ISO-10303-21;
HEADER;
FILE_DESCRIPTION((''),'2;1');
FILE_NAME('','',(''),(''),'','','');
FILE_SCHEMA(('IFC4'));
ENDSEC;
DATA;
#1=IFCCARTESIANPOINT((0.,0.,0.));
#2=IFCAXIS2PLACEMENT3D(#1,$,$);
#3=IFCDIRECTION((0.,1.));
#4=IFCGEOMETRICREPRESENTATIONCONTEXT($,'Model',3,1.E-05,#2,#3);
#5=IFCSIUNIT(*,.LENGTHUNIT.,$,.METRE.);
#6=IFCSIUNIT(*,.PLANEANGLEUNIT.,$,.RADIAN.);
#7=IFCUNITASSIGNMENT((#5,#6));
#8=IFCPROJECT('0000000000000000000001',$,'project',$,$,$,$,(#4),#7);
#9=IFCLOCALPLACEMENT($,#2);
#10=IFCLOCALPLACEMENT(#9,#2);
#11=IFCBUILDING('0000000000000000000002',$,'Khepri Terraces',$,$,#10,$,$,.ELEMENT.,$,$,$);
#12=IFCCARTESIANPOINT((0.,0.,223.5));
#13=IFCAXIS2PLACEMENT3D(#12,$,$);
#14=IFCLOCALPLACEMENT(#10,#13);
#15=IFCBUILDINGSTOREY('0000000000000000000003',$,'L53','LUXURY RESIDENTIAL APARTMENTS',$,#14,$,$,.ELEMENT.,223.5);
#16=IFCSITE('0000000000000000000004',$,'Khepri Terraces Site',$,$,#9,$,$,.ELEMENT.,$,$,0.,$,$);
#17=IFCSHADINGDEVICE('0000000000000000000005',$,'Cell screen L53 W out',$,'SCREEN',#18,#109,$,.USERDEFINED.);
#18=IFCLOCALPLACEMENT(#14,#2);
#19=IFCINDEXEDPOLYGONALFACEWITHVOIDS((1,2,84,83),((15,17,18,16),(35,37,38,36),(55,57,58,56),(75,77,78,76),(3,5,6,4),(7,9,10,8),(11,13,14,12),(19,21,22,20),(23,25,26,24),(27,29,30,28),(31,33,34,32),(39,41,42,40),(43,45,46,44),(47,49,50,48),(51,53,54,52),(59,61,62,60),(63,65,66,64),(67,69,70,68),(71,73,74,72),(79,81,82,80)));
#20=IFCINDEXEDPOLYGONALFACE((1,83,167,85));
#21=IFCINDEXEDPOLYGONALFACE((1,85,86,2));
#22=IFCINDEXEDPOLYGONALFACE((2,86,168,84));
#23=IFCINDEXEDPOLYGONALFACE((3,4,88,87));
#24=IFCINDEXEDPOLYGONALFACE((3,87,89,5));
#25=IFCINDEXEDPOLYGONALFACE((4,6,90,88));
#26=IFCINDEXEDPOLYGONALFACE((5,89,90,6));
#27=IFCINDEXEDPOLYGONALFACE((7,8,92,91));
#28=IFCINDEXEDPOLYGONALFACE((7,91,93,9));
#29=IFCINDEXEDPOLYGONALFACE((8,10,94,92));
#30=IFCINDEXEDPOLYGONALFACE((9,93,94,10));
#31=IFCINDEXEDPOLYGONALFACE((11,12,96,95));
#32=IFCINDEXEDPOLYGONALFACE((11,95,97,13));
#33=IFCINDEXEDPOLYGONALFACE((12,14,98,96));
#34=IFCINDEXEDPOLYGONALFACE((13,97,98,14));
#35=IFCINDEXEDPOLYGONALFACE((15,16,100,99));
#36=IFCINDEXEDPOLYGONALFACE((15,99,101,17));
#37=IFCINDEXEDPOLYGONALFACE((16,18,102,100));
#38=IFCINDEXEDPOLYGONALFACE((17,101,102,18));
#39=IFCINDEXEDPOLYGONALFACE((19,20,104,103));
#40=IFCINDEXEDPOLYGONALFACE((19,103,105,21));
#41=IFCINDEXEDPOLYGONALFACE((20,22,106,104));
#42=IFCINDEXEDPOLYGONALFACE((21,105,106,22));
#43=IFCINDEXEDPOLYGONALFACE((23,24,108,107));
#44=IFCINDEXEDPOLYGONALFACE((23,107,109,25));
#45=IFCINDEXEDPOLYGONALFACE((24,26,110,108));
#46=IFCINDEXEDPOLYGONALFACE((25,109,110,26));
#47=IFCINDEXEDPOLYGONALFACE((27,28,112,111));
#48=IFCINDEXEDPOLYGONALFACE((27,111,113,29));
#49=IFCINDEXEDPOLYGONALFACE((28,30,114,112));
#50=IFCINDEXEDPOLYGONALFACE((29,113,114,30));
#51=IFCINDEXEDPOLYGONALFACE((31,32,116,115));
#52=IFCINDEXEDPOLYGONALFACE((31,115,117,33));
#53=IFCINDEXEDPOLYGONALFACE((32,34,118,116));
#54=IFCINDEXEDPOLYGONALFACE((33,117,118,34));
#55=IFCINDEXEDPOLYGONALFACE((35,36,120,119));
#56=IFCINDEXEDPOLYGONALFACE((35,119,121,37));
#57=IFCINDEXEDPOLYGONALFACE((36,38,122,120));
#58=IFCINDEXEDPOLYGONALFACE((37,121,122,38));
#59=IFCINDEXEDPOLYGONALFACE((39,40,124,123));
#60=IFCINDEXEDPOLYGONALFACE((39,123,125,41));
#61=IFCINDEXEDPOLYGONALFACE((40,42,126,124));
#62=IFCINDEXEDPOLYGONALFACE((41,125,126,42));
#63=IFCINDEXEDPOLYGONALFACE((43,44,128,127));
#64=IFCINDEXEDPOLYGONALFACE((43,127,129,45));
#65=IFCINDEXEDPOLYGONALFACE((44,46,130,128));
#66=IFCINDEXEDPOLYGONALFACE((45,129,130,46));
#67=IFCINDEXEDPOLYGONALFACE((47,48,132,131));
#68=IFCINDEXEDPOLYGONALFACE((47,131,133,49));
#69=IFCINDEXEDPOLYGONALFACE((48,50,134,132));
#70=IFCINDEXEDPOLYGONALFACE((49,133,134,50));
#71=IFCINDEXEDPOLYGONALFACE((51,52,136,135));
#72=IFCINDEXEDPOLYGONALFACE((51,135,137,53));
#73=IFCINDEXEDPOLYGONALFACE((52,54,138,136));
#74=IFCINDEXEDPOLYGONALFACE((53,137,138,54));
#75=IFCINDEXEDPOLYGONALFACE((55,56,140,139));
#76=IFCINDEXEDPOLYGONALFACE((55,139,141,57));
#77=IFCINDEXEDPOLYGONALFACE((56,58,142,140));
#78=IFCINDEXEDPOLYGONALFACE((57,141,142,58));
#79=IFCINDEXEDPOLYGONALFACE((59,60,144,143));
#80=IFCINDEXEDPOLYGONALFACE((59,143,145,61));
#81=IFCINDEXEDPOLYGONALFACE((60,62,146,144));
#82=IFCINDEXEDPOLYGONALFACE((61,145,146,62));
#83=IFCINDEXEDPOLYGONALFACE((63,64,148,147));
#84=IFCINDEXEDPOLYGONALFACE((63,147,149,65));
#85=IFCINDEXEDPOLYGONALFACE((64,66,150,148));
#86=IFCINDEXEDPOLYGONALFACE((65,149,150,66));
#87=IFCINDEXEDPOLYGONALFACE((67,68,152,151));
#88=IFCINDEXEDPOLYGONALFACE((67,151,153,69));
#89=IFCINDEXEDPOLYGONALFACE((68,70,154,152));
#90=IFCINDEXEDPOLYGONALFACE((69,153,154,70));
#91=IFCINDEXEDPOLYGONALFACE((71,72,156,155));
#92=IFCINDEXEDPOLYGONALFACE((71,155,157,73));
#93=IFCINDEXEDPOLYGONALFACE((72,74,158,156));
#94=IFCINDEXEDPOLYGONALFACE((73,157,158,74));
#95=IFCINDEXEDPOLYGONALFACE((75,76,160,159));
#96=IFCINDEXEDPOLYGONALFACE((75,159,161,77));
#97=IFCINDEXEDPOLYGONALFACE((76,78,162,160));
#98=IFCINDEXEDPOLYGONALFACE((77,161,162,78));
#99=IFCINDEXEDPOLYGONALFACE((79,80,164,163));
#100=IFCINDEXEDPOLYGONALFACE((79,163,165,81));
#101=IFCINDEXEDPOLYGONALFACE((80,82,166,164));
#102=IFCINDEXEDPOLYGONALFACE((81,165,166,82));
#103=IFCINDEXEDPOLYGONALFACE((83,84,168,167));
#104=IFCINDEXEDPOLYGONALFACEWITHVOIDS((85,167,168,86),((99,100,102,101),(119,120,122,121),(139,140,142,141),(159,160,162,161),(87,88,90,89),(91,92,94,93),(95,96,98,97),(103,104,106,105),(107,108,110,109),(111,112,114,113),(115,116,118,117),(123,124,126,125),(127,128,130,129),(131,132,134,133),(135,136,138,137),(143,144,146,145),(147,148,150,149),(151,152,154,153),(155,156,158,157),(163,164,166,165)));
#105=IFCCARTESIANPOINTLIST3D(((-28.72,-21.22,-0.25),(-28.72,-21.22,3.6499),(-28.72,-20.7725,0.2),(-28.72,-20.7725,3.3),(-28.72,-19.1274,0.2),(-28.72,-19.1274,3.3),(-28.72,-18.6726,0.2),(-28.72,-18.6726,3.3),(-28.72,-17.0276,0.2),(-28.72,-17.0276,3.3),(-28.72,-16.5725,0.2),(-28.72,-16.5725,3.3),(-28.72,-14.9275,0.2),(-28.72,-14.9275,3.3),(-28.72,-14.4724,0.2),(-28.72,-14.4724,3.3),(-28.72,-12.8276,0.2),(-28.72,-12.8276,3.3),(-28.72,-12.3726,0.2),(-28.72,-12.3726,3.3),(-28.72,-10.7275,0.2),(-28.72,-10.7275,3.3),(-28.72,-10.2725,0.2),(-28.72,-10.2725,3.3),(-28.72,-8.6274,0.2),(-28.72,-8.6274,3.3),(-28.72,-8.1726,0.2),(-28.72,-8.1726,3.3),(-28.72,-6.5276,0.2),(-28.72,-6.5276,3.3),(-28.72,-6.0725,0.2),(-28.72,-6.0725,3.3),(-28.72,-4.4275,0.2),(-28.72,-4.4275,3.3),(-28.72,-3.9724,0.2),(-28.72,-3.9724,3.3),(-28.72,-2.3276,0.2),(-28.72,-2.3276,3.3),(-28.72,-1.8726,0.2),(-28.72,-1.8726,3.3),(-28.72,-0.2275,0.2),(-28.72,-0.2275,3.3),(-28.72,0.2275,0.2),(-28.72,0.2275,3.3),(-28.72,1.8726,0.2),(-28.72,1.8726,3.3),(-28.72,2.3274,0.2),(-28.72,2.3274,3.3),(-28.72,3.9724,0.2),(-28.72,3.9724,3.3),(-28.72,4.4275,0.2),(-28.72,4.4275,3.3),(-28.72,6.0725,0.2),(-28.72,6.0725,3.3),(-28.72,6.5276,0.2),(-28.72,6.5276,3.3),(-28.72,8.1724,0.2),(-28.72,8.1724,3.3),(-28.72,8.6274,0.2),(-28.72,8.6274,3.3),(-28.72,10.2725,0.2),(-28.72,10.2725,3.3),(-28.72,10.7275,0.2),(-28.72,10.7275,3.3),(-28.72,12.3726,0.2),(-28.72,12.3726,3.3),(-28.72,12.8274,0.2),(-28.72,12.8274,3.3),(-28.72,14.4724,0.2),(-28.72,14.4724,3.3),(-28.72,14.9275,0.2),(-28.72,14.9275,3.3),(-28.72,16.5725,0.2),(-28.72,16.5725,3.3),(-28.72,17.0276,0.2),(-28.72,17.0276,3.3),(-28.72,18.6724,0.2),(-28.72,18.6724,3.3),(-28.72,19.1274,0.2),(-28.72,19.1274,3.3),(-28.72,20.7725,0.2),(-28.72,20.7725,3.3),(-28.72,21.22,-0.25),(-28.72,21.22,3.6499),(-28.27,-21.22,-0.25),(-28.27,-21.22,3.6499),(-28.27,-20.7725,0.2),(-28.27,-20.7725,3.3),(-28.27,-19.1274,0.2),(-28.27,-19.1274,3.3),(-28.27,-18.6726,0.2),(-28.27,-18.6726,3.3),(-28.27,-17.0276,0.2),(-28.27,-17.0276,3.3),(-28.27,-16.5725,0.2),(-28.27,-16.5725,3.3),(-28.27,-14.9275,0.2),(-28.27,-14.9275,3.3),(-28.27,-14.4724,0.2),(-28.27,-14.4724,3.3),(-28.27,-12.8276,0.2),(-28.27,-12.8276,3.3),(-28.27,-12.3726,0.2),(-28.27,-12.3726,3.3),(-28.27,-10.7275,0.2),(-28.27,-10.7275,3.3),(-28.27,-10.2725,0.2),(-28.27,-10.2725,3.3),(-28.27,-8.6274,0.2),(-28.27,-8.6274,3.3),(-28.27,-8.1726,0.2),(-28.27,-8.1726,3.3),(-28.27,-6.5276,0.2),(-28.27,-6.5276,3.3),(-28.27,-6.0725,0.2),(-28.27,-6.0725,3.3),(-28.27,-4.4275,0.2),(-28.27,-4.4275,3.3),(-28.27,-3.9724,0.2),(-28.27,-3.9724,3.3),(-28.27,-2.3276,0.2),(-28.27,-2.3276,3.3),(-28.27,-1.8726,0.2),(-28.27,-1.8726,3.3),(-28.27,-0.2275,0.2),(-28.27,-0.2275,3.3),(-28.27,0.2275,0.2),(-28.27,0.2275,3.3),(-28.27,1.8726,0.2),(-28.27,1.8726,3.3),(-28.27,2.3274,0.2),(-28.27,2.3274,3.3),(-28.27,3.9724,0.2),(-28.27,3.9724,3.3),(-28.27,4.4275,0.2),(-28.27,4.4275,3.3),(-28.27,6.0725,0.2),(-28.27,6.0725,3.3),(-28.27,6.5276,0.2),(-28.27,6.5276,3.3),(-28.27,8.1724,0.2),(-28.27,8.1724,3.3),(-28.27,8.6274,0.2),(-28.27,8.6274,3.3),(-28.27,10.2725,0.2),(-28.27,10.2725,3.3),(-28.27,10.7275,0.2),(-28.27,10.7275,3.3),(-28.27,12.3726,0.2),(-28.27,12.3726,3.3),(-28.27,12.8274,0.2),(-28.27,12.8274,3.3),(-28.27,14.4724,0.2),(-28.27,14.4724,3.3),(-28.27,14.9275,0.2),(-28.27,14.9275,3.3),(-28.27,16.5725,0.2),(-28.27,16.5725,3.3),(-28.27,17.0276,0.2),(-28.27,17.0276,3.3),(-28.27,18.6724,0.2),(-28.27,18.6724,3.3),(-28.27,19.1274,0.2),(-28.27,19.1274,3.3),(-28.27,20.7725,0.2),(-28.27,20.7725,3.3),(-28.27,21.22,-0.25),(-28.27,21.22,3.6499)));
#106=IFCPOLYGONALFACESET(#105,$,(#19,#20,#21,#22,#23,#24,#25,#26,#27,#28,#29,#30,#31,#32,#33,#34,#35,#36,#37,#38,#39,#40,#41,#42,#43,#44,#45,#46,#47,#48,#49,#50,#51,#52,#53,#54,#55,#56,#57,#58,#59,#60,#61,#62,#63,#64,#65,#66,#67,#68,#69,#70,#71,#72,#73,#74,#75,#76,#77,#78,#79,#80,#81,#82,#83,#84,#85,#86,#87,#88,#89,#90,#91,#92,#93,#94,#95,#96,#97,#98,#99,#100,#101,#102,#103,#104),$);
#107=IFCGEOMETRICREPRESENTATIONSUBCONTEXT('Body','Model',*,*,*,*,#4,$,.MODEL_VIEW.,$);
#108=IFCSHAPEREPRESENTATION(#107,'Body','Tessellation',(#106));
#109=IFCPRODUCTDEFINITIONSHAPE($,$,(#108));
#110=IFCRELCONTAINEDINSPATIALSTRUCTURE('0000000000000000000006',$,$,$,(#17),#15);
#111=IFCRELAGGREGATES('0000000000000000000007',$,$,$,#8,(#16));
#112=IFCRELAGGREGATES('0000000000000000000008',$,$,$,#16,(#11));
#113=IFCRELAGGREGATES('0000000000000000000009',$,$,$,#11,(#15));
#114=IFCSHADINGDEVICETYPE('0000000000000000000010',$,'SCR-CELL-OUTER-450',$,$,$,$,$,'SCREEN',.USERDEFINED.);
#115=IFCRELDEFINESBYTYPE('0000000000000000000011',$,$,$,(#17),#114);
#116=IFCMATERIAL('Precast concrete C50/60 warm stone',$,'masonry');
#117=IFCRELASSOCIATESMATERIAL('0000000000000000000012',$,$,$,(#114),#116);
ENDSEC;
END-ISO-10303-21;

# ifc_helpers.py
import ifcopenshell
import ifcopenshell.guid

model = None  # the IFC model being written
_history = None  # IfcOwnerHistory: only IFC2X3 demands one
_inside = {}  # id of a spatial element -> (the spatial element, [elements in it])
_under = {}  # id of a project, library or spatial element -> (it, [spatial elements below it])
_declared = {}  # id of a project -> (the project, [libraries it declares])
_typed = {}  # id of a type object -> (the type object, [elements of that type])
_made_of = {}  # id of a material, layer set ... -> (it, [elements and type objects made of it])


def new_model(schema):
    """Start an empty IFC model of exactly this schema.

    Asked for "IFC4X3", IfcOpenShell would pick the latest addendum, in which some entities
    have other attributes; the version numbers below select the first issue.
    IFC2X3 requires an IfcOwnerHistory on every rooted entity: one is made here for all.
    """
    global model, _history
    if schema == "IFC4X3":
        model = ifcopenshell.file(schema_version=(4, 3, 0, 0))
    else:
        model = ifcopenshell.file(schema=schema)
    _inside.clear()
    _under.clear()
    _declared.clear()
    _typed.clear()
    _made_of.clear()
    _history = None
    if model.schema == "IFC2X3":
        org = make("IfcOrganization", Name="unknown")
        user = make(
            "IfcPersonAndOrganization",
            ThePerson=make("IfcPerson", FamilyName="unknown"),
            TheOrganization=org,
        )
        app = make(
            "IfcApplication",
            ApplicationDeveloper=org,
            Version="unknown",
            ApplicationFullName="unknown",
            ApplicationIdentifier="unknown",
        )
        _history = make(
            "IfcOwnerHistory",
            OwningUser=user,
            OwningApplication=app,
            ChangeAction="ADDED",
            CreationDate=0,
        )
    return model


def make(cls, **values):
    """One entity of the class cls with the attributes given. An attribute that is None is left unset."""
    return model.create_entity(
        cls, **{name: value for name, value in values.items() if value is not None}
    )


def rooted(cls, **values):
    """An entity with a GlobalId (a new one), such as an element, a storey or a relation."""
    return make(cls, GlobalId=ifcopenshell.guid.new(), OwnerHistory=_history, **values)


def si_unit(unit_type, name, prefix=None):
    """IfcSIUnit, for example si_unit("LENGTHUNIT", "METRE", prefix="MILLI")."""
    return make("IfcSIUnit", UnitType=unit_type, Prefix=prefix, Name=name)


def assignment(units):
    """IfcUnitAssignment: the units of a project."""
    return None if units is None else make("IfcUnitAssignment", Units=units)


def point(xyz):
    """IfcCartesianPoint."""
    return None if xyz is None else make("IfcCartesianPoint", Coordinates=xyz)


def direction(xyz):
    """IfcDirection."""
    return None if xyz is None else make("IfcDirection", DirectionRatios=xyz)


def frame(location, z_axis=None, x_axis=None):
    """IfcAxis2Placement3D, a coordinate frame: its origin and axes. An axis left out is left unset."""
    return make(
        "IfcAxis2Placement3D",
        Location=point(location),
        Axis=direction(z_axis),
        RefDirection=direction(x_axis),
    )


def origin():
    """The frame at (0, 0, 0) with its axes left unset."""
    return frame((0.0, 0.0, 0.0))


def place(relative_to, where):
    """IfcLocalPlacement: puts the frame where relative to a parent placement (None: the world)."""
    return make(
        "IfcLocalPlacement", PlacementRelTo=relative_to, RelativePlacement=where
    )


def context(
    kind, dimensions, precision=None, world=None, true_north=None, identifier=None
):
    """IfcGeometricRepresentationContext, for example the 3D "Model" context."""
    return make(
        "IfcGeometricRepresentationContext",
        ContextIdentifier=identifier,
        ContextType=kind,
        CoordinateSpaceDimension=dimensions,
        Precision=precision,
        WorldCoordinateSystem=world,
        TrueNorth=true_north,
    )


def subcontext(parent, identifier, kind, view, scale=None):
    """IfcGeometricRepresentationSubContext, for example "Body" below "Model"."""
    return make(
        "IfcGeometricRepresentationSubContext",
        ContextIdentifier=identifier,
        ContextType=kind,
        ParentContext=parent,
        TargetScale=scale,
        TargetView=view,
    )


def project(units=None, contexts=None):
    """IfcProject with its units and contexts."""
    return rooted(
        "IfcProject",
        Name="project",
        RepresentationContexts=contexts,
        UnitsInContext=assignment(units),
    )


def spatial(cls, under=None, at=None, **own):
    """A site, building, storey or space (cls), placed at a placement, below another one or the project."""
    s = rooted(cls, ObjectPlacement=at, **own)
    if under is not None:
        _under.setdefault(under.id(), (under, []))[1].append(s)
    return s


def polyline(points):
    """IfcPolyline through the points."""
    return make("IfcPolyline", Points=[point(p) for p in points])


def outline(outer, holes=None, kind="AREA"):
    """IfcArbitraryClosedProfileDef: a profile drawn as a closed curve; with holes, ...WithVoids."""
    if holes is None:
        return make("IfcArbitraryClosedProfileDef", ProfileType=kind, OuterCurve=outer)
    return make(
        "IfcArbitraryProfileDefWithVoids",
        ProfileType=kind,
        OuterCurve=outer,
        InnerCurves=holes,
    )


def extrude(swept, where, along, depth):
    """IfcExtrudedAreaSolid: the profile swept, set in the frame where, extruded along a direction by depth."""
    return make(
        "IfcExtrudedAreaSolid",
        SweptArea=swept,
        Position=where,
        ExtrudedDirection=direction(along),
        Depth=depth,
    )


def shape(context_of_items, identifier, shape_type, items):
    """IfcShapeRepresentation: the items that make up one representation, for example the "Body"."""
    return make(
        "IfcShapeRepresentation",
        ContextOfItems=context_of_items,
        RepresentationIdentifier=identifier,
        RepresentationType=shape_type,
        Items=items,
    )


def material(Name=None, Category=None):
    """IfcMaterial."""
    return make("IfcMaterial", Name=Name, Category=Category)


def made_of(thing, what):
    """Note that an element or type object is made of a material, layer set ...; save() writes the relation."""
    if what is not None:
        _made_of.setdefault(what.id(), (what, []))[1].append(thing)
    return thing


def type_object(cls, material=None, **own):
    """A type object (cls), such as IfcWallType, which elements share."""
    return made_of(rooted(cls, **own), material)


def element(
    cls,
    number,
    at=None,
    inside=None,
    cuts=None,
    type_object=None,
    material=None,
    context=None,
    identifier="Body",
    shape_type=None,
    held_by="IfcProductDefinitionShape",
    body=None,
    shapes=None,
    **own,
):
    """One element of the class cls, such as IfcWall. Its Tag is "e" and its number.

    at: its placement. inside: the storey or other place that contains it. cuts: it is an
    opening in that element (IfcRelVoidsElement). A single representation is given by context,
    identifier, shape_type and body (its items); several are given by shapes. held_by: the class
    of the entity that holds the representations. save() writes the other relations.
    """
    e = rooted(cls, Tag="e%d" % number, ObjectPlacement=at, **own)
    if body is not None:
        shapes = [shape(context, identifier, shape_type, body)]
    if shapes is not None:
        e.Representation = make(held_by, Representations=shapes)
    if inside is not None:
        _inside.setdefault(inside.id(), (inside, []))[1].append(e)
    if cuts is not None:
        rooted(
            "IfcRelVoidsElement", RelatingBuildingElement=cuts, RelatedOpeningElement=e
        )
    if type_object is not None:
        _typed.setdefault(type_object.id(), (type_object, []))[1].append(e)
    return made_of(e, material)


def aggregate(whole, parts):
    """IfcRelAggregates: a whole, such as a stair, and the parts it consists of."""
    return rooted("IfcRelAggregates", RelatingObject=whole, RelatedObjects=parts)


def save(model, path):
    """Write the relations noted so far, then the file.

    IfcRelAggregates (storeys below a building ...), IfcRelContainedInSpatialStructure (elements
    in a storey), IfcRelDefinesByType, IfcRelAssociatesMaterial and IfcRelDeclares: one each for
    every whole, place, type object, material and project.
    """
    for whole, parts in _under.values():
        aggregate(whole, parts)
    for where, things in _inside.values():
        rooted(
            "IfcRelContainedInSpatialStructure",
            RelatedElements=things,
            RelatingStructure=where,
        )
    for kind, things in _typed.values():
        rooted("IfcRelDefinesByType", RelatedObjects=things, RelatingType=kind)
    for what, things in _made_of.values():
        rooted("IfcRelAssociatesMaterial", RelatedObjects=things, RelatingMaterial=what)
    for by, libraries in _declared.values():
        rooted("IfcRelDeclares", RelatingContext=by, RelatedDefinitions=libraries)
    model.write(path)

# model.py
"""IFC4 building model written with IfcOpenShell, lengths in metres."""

from ifc_helpers import new_model, si_unit, direction, frame, origin, place, context, subcontext, project, spatial, polyline, outline, extrude, material, type_object, element, save


model = new_model("IFC4")

# Units and contexts
model_context = context("Model", 3, precision=1e-05, world=origin(), true_north=direction((0.0, 1.0)))
body_context = subcontext(model_context, "Body", "Model", "MODEL_VIEW")
ifc_project = project(units=[si_unit("LENGTHUNIT", "METRE"), si_unit("PLANEANGLEUNIT", "RADIAN")], contexts=[model_context])

# Site, building, storey
site_placement = place(None, origin())
site = spatial("IfcSite", under=ifc_project, at=site_placement, Name="Khepri Terraces Site", CompositionType="ELEMENT", RefElevation=0.0)
building_placement = place(site_placement, origin())
building = spatial("IfcBuilding", under=site, at=building_placement, Name="Khepri Terraces", CompositionType="ELEMENT")
storey_placement = place(building_placement, frame((0.0, 0.0, 223.5)))
storey = spatial("IfcBuildingStorey", under=building, at=storey_placement, Name="L53", Description="LUXURY RESIDENTIAL APARTMENTS", CompositionType="ELEMENT", Elevation=223.5)

# Shared definitions
ifc_material_1 = material(Name="Precast concrete C50/60 warm stone", Category="masonry")

# Shading device
shading_device_type_1 = type_object("IfcShadingDeviceType", Name="SCR-CELL-OUTER-450", ElementType="SCREEN", PredefinedType="USERDEFINED", material=ifc_material_1)
shading_device_1_placement = place(storey_placement, frame((-28.27, 21.22, -0.25), z_axis=(-1.0, 0.0, 0.0), x_axis=(0.0, -1.0, 0.0)))
element("IfcShadingDevice", 1, at=shading_device_1_placement, inside=storey, type_object=shading_device_type_1, Name="Cell screen L53 W out", ObjectType="SCREEN", PredefinedType="USERDEFINED", context=body_context, shape_type="SweptSolid", body=[
    extrude(outline(polyline([(0.0, 0.0), (42.4399, 0.0), (42.4399, 3.8999), (0.0, 3.8999), (0.0, 0.0)]), holes=[polyline([(0.4475, 0.45), (2.0925, 0.45), (2.0925, 3.55), (0.4475, 3.55), (0.4475, 0.45)]), polyline([(2.5476, 0.45), (4.1924, 0.45), (4.1924, 3.55), (2.5476, 3.55), (2.5476, 0.45)]), polyline([(4.6475, 0.45), (6.2925, 0.45), (6.2925, 3.55), (4.6475, 3.55), (4.6475, 0.45)]), polyline([(6.7476, 0.45), (8.3926, 0.45), (8.3926, 3.55), (6.7476, 3.55), (6.7476, 0.45)]), polyline([(8.8474, 0.45), (10.4924, 0.45), (10.4924, 3.55), (8.8474, 3.55), (8.8474, 0.45)]), polyline([(10.9475, 0.45), (12.5925, 0.45), (12.5925, 3.55), (10.9475, 3.55), (10.9475, 0.45)]), polyline([(13.0476, 0.45), (14.6924, 0.45), (14.6924, 3.55), (13.0476, 3.55), (13.0476, 0.45)]), polyline([(15.1475, 0.45), (16.7925, 0.45), (16.7925, 3.55), (15.1475, 3.55), (15.1475, 0.45)]), polyline([(17.2476, 0.45), (18.8926, 0.45), (18.8926, 3.55), (17.2476, 3.55), (17.2476, 0.45)]), polyline([(19.3474, 0.45), (20.9924, 0.45), (20.9924, 3.55), (19.3474, 3.55), (19.3474, 0.45)]), polyline([(21.4475, 0.45), (23.0925, 0.45), (23.0925, 3.55), (21.4475, 3.55), (21.4475, 0.45)]), polyline([(23.5476, 0.45), (25.1924, 0.45), (25.1924, 3.55), (23.5476, 3.55), (23.5476, 0.45)]), polyline([(25.6475, 0.45), (27.2925, 0.45), (27.2925, 3.55), (25.6475, 3.55), (25.6475, 0.45)]), polyline([(27.7476, 0.45), (29.3926, 0.45), (29.3926, 3.55), (27.7476, 3.55), (27.7476, 0.45)]), polyline([(29.8474, 0.45), (31.4924, 0.45), (31.4924, 3.55), (29.8474, 3.55), (29.8474, 0.45)]), polyline([(31.9475, 0.45), (33.5925, 0.45), (33.5925, 3.55), (31.9475, 3.55), (31.9475, 0.45)]), polyline([(34.0476, 0.45), (35.6924, 0.45), (35.6924, 3.55), (34.0476, 3.55), (34.0476, 0.45)]), polyline([(36.1475, 0.45), (37.7925, 0.45), (37.7925, 3.55), (36.1475, 3.55), (36.1475, 0.45)]), polyline([(38.2476, 0.45), (39.8926, 0.45), (39.8926, 3.55), (38.2476, 3.55), (38.2476, 0.45)]), polyline([(40.3474, 0.45), (41.9924, 0.45), (41.9924, 3.55), (40.3474, 3.55), (40.3474, 0.45)])]), origin(), (0.0, 0.0, 1.0), 0.45),
])

save(model, "model.ifc")
